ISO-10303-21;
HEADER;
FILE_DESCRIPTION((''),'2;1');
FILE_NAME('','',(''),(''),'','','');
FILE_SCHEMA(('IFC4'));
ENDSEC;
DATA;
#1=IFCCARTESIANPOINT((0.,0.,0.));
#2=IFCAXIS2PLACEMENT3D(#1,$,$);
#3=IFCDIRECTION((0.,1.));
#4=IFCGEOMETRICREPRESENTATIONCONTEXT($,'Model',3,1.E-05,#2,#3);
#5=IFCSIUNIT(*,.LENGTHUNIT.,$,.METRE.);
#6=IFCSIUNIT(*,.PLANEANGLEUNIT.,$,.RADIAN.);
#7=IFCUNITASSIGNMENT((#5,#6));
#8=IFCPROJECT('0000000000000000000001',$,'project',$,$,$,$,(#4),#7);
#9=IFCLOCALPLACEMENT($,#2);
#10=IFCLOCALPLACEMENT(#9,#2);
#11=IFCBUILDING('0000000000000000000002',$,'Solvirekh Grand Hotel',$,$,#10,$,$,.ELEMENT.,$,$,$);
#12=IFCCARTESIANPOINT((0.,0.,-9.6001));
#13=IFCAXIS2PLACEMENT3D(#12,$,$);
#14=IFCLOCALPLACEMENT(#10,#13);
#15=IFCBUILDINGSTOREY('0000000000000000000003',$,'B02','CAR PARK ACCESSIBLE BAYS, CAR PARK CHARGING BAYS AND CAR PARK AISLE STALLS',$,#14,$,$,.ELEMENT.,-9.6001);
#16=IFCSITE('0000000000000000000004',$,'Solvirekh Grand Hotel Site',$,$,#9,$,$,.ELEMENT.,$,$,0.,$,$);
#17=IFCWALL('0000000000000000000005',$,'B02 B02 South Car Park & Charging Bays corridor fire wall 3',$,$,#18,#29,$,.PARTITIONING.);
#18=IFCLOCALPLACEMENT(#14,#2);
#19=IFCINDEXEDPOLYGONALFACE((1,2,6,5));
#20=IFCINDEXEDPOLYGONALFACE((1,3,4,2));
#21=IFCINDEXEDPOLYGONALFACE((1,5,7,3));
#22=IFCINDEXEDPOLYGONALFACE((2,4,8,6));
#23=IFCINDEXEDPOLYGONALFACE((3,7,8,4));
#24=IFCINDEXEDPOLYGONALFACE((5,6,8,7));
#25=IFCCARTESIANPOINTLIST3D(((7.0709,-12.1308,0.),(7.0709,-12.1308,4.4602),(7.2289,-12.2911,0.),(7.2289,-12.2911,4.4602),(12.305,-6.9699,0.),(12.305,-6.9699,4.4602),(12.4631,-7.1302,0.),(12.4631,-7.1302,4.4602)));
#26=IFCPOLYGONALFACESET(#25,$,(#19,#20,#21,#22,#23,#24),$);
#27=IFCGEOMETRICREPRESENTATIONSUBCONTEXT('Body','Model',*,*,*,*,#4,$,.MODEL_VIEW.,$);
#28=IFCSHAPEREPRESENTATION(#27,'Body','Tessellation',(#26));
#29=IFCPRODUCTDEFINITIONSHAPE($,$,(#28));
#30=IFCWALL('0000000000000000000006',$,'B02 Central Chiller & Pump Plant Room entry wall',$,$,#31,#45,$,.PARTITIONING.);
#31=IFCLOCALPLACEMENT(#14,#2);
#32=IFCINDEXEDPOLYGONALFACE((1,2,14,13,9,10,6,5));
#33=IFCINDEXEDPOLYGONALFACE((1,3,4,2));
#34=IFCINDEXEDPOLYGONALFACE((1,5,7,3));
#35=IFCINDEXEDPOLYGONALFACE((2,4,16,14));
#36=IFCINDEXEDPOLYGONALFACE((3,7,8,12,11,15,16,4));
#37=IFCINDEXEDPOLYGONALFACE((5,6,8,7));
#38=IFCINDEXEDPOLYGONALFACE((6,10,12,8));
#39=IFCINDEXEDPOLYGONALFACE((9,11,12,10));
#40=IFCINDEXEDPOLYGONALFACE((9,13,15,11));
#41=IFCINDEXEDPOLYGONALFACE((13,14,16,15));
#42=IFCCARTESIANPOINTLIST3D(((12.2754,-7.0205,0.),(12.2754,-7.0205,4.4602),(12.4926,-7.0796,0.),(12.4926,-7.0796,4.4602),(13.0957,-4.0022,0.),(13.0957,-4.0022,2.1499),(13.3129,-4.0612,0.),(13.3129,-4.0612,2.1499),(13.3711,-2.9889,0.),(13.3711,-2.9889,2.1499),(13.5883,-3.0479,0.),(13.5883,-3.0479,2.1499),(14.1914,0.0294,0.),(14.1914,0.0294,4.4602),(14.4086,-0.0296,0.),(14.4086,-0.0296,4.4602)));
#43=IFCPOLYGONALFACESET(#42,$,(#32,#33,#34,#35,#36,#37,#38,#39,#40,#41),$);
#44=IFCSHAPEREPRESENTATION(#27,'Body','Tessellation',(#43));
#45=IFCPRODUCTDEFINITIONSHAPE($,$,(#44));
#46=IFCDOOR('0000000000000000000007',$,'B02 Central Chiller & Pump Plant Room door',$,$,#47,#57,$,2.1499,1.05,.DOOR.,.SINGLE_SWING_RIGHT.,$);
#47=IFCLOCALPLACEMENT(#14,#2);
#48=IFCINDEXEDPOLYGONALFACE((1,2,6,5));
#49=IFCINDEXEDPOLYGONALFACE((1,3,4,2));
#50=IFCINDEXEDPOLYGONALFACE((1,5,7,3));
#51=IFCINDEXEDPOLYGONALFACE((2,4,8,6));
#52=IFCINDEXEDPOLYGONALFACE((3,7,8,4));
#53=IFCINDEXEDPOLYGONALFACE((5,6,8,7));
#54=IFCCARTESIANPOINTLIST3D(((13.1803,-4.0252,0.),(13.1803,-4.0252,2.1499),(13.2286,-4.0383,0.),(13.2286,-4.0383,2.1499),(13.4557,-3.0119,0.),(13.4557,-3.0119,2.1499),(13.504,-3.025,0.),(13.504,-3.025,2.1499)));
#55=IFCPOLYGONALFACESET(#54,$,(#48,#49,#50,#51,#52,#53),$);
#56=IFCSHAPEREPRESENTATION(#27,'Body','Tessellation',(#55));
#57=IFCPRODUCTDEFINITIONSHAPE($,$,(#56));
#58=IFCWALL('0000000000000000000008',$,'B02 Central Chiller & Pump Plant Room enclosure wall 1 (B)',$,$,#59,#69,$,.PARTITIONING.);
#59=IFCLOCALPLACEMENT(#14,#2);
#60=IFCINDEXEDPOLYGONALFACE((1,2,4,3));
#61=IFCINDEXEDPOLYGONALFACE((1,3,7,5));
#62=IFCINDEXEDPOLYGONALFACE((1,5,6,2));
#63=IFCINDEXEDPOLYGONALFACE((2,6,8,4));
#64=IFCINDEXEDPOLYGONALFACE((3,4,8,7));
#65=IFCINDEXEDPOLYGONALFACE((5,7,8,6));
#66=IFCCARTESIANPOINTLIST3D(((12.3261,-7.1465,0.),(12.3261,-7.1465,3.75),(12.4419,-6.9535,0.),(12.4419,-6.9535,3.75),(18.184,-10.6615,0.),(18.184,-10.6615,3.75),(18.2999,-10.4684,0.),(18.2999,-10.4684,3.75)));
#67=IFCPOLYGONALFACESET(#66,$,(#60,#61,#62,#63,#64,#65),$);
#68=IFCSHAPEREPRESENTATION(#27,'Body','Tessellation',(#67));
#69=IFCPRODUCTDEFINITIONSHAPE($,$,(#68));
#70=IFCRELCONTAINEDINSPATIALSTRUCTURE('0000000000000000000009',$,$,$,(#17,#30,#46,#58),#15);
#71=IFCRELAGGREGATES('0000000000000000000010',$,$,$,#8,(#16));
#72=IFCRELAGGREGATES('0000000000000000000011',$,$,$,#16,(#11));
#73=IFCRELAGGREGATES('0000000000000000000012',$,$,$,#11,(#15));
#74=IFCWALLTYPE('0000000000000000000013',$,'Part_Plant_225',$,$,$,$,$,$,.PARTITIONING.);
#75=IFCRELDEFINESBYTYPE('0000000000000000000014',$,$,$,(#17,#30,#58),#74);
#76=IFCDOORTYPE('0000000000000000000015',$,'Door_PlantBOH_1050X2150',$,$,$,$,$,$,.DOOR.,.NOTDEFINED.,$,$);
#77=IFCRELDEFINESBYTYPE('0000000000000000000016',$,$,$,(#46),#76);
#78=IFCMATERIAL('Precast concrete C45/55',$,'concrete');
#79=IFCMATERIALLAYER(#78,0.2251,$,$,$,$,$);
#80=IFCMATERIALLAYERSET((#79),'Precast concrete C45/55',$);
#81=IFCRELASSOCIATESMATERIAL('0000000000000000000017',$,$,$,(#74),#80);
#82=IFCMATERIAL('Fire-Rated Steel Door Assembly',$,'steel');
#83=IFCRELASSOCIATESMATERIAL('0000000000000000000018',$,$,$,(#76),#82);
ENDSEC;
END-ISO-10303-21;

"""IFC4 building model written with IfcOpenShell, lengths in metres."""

from ifc_helpers import new_model, si_unit, direction, frame, frame_2d, origin, place, context, subcontext, project, spatial, rectangle, extrude, material, layer, layer_set, type_object, element, fill, save


model = new_model("IFC4")

# Units and contexts
model_context = context("Model", 3, precision=1e-05, world=origin(), true_north=direction((0.0, 1.0)))
body_context = subcontext(model_context, "Body", "Model", "MODEL_VIEW")
ifc_project = project(units=[si_unit("LENGTHUNIT", "METRE"), si_unit("PLANEANGLEUNIT", "RADIAN")], contexts=[model_context])

# Site, building, storey
site_placement = place(None, origin())
site = spatial("IfcSite", under=ifc_project, at=site_placement, Name="Solvirekh Grand Hotel Site", CompositionType="ELEMENT", RefElevation=0.0)
building_placement = place(site_placement, origin())
building = spatial("IfcBuilding", under=site, at=building_placement, Name="Solvirekh Grand Hotel", CompositionType="ELEMENT")
storey_placement = place(building_placement, frame((0.0, 0.0, -9.6001)))
storey = spatial("IfcBuildingStorey", under=building, at=storey_placement, Name="B02", Description="CAR PARK ACCESSIBLE BAYS, CAR PARK CHARGING BAYS AND CAR PARK AISLE STALLS", CompositionType="ELEMENT", Elevation=-9.6001)

# Shared definitions
ifc_material_1 = material(Name="Fire-Rated Steel Door Assembly", Category="steel")

# Wall
ifc_material_2 = material(Name="Precast concrete C45/55", Category="concrete")
ifc_layer_1 = layer(ifc_material_2, 0.2251)
ifc_layer_set_1 = layer_set([ifc_layer_1], Name="Precast concrete C45/55")
wall_type_1 = type_object("IfcWallType", Name="Part_Plant_225", PredefinedType="PARTITIONING", material=ifc_layer_set_1)
wall_1_placement = place(storey_placement, frame((7.1499, -12.2109, 0.0), z_axis=(0.0, 0.0, 1.0), x_axis=(0.712071, 0.702107, 0.0)))
element("IfcWall", 1, at=wall_1_placement, inside=storey, type_object=wall_type_1, Name="B02 B02 South Car Park & Charging Bays corridor fire wall 3", PredefinedType="PARTITIONING", context=body_context, shape_type="SweptSolid", body=[
    extrude(rectangle(XDim=7.3506, YDim=0.2251, at=frame_2d((3.6753, 0.0))), origin(), (0.0, 0.0, 1.0), 4.4602),
])

# Wall, opening, door
wall_2_placement = place(storey_placement, frame((12.384, -7.05, 0.0), z_axis=(0.0, 0.0, 1.0), x_axis=(0.262261, 0.964997, 0.0)))
wall_2 = element("IfcWall", 2, at=wall_2_placement, inside=storey, type_object=wall_type_1, Name="B02 Central Chiller & Pump Plant Room entry wall", PredefinedType="PARTITIONING", context=body_context, shape_type="SweptSolid", body=[
    extrude(rectangle(XDim=7.3057, YDim=0.2251, at=frame_2d((3.6528, 0.0))), origin(), (0.0, 0.0, 1.0), 4.4602),
])
opening_1_placement = place(wall_2_placement, frame((3.1279, 0.0, 0.0)))
opening_1 = element("IfcOpeningElement", 3, at=opening_1_placement, cuts=wall_2, PredefinedType="OPENING", context=body_context, shape_type="SweptSolid", body=[
    extrude(rectangle(XDim=1.05, YDim=2.1499, at=frame_2d((0.5249, 1.075))), frame((0.0, 0.1226, 0.0), z_axis=(0.0, -1.0, 0.0), x_axis=(1.0, 0.0, 0.0)), (0.0, 0.0, 1.0), 0.2451),
])
door_type_1 = type_object("IfcDoorType", Name="Door_PlantBOH_1050X2150", OperationType="NOTDEFINED", PredefinedType="DOOR", material=ifc_material_1)
door_1_placement = place(opening_1_placement, origin())
door_1 = element("IfcDoor", 4, at=door_1_placement, inside=storey, type_object=door_type_1, Name="B02 Central Chiller & Pump Plant Room door", OperationType="SINGLE_SWING_RIGHT", OverallHeight=2.1499, OverallWidth=1.05, PredefinedType="DOOR", context=body_context, shape_type="SweptSolid", body=[
    extrude(rectangle(XDim=1.05, YDim=2.1499, at=frame_2d((0.5249, 1.075))), frame((0.0, 0.0249, 0.0), z_axis=(0.0, -1.0, 0.0), x_axis=(1.0, 0.0, 0.0)), (0.0, 0.0, 1.0), 0.05),
])
fill(opening_1, door_1)

# Wall
wall_3_placement = place(storey_placement, frame((18.2419, -10.5649, 0.0), z_axis=(0.0, 0.0, 1.0), x_axis=(-0.857483, 0.514512, 0.0)))
element("IfcWall", 5, at=wall_3_placement, inside=storey, type_object=wall_type_1, Name="B02 Central Chiller & Pump Plant Room enclosure wall 1 (B)", PredefinedType="PARTITIONING", context=body_context, shape_type="SweptSolid", body=[
    extrude(rectangle(XDim=6.8315, YDim=0.2251, at=frame_2d((3.4158, 0.0))), origin(), (0.0, 0.0, 1.0), 3.75),
])

save(model, "model.ifc")
